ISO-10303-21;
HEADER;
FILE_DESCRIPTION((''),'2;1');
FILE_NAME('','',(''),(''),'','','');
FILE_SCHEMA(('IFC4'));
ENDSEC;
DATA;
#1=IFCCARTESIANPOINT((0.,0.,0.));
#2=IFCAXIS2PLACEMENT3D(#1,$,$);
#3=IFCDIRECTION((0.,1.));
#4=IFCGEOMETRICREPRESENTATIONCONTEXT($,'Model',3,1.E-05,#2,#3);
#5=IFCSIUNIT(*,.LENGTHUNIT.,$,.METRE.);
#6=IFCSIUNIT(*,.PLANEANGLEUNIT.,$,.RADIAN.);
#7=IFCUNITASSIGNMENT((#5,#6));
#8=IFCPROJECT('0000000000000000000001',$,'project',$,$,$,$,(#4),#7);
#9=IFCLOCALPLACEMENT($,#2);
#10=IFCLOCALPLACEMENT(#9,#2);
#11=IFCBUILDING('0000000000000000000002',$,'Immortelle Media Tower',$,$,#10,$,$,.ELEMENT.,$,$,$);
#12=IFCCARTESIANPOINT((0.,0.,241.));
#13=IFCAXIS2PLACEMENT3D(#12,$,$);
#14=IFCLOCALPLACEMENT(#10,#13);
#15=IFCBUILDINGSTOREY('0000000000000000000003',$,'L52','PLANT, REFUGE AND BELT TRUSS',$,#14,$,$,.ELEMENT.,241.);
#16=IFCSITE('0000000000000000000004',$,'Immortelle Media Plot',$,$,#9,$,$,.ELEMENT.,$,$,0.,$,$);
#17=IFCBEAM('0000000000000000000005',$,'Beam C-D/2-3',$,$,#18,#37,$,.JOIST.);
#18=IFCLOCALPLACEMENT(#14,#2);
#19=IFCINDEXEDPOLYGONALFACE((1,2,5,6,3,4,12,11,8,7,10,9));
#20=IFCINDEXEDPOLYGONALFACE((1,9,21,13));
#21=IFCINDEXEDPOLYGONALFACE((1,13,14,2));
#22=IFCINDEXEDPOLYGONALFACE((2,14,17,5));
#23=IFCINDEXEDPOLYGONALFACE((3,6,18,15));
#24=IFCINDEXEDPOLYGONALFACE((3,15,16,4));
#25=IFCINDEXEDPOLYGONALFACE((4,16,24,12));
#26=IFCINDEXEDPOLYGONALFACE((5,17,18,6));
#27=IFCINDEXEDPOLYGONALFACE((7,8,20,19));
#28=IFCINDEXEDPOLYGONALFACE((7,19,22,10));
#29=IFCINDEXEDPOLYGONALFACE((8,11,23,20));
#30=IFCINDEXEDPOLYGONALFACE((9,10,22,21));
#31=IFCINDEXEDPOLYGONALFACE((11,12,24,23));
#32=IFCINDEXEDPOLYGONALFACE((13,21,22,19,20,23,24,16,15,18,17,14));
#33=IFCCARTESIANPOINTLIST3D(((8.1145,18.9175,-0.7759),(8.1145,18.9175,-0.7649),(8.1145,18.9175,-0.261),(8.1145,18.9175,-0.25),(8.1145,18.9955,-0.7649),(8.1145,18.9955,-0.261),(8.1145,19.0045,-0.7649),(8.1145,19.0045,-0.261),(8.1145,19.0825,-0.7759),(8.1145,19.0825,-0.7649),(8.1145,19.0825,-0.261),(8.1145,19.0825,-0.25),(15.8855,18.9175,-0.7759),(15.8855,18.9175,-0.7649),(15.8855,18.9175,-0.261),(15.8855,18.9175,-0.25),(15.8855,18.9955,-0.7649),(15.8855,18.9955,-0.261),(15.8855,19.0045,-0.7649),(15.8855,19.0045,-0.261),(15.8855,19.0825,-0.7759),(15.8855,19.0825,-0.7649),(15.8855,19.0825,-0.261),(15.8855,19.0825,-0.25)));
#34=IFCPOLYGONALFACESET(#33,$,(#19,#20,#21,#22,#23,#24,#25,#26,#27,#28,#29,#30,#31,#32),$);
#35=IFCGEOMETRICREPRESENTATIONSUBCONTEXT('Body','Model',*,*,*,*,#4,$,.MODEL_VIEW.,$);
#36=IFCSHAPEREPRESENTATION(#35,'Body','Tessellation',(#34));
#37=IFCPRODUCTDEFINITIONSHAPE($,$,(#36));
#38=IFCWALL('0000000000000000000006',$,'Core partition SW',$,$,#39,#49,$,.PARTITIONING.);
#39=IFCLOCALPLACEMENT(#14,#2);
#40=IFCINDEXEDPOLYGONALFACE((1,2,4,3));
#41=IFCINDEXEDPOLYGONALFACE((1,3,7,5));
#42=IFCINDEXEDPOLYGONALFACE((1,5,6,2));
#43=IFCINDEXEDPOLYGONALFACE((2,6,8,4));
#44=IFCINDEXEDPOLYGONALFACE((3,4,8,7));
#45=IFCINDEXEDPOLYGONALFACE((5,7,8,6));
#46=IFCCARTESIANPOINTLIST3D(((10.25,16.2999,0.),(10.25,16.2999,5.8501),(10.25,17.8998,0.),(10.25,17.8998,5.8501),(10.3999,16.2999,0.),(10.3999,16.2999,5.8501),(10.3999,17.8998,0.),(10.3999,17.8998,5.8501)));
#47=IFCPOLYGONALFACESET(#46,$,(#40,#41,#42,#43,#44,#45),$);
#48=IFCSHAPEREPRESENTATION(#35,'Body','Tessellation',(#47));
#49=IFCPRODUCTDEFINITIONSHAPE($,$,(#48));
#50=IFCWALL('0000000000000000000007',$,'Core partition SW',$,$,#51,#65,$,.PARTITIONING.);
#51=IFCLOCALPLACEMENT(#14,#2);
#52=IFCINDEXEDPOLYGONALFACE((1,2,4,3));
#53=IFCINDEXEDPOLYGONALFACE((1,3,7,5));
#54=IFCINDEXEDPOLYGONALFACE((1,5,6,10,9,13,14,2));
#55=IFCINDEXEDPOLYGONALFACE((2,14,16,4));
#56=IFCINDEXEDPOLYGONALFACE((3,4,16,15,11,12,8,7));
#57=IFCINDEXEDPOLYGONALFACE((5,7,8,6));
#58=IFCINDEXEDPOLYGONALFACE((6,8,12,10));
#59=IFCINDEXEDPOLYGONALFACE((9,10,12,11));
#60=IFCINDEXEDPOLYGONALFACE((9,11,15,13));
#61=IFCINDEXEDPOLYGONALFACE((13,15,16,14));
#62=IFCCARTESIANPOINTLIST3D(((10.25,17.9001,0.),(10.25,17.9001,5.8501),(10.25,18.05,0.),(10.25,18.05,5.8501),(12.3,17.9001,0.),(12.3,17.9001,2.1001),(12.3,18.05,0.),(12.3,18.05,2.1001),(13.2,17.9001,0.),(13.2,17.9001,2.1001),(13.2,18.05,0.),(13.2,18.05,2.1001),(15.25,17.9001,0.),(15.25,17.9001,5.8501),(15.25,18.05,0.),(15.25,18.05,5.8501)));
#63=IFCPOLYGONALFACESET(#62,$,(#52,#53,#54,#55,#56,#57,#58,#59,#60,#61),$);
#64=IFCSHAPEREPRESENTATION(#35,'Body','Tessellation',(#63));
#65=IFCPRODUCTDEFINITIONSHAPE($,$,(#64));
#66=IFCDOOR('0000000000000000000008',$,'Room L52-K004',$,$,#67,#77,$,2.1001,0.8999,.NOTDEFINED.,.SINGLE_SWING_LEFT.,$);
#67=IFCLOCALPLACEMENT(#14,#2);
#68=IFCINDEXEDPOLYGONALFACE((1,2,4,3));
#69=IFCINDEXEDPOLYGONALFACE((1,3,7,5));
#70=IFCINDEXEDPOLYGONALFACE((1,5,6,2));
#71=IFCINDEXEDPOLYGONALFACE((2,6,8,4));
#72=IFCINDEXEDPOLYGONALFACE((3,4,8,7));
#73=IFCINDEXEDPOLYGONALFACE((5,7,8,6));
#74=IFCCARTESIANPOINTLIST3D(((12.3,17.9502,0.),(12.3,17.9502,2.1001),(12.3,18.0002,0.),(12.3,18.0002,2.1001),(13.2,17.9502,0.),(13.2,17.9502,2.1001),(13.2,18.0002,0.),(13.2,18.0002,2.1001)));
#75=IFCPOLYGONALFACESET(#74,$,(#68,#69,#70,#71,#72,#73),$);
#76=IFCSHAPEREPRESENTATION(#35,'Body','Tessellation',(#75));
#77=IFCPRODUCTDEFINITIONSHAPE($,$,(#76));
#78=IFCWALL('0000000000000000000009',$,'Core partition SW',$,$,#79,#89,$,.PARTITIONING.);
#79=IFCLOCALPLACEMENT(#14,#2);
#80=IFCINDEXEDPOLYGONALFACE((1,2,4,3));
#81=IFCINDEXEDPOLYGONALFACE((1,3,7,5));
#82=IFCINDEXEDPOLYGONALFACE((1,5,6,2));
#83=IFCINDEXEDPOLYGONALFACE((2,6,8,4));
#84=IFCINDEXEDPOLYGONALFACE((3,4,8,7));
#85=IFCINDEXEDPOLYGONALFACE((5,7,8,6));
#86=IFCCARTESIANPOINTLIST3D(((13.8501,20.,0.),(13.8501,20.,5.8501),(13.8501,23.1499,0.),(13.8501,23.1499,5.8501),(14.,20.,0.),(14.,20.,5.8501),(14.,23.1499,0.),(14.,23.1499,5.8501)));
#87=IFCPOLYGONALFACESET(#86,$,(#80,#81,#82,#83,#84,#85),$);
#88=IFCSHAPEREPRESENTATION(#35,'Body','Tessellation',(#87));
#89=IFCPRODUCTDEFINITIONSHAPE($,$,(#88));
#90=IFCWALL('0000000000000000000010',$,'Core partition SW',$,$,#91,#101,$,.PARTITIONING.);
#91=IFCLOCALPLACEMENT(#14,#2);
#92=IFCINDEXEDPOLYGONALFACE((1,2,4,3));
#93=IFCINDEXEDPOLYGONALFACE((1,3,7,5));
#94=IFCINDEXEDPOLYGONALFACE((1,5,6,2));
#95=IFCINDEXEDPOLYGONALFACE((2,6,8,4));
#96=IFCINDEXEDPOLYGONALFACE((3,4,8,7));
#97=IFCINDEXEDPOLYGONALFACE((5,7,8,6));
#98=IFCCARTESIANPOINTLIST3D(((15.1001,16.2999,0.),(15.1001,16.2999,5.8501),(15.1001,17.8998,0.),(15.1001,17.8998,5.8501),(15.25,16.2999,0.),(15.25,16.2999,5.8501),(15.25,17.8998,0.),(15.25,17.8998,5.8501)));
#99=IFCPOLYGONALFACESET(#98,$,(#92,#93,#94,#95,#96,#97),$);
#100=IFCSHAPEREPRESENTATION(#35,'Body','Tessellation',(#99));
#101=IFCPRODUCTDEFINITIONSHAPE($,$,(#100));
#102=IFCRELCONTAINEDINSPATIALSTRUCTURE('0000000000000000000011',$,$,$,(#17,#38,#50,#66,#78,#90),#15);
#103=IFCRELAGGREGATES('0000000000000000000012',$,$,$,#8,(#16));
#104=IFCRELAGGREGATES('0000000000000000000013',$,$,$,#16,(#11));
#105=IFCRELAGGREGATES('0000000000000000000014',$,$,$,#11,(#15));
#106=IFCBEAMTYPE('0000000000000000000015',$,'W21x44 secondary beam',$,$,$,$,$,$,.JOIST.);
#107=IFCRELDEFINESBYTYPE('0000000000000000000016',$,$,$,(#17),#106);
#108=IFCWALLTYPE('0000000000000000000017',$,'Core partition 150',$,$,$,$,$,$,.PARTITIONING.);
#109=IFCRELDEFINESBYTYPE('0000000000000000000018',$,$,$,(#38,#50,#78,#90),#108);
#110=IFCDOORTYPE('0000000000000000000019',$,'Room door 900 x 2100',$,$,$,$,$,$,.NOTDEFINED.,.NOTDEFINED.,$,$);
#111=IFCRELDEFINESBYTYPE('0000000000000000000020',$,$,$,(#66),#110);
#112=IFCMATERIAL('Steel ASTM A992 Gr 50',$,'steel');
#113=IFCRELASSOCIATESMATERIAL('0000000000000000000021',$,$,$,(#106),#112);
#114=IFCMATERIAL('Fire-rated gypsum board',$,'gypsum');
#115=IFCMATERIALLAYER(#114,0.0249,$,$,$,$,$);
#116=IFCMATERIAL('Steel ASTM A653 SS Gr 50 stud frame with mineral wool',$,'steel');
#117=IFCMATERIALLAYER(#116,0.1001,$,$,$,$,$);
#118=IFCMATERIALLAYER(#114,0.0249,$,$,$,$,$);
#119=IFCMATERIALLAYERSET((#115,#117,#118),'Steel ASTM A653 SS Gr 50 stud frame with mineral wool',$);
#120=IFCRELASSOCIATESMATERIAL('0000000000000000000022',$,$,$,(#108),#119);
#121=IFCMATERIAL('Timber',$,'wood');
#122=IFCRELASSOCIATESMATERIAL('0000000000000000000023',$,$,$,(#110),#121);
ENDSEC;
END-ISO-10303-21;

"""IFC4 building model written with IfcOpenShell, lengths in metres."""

from ifc_helpers import new_model, si_unit, direction, frame, frame_2d, origin, origin_2d, place, context, subcontext, project, spatial, rectangle, i_section, extrude, material, layer, layer_set, material_profile, profile_set, type_object, element, fill, save


model = new_model("IFC4")

# Units and contexts
model_context = context("Model", 3, precision=1e-05, world=origin(), true_north=direction((0.0, 1.0)))
body_context = subcontext(model_context, "Body", "Model", "MODEL_VIEW")
ifc_project = project(units=[si_unit("LENGTHUNIT", "METRE"), si_unit("PLANEANGLEUNIT", "RADIAN")], contexts=[model_context])

# Site, building, storey
site_placement = place(None, origin())
site = spatial("IfcSite", under=ifc_project, at=site_placement, Name="Immortelle Media Plot", CompositionType="ELEMENT", RefElevation=0.0)
building_placement = place(site_placement, origin())
building = spatial("IfcBuilding", under=site, at=building_placement, Name="Immortelle Media Tower", CompositionType="ELEMENT")
storey_placement = place(building_placement, frame((0.0, 0.0, 241.0)))
storey = spatial("IfcBuildingStorey", under=building, at=storey_placement, Name="L52", Description="PLANT, REFUGE AND BELT TRUSS", CompositionType="ELEMENT", Elevation=241.0)

# Beam
ifc_material_1 = material(Name="Steel ASTM A992 Gr 50", Category="steel")
ifc_material_profile = material_profile(ifc_material_1, i_section(OverallWidth=0.165, OverallDepth=0.5259, WebThickness=0.009, FlangeThickness=0.011, at=origin_2d()), Name="W21x44")
ifc_profile_set = profile_set([ifc_material_profile], Name="Steel ASTM A992 Gr 50")
beam_type = type_object("IfcBeamType", Name="W21x44 secondary beam", PredefinedType="JOIST", material=ifc_profile_set)
beam_placement = place(storey_placement, frame((8.1145, 19.0, -0.5129), z_axis=(1.0, 0.0, 0.0), x_axis=(0.0, 1.0, 0.0)))
element("IfcBeam", 1, at=beam_placement, inside=storey, type_object=beam_type, Name="Beam C-D/2-3", PredefinedType="JOIST", context=body_context, shape_type="SweptSolid", body=[
    extrude(i_section(OverallWidth=0.165, OverallDepth=0.5259, WebThickness=0.009, FlangeThickness=0.011, at=origin_2d()), origin(), (0.0, 0.0, 1.0), 7.771),
])

# Wall
ifc_material_2 = material(Name="Fire-rated gypsum board", Category="gypsum")
ifc_layer_1 = layer(ifc_material_2, 0.0249)
ifc_material_3 = material(Name="Steel ASTM A653 SS Gr 50 stud frame with mineral wool", Category="steel")
ifc_layer_2 = layer(ifc_material_3, 0.1001)
ifc_layer_3 = layer(ifc_material_2, 0.0249)
ifc_layer_set_1 = layer_set([ifc_layer_1, ifc_layer_2, ifc_layer_3], Name="Steel ASTM A653 SS Gr 50 stud frame with mineral wool")
wall_type_1 = type_object("IfcWallType", Name="Core partition 150", PredefinedType="PARTITIONING", material=ifc_layer_set_1)
wall_1_placement = place(storey_placement, frame((10.325, 16.3, 0.0), z_axis=(0.0, 0.0, 1.0), x_axis=(0.0, 1.0, 0.0)))
element("IfcWall", 2, at=wall_1_placement, inside=storey, type_object=wall_type_1, Name="Core partition SW", PredefinedType="PARTITIONING", context=body_context, shape_type="SweptSolid", body=[
    extrude(rectangle(XDim=1.5999, YDim=0.1499, at=frame_2d((0.7998, 0.0))), origin(), (0.0, 0.0, 1.0), 5.8501),
])

# Wall, opening, door
wall_2_placement = place(storey_placement, frame((10.25, 17.9751, 0.0), z_axis=(0.0, 0.0, 1.0), x_axis=(1.0, 0.0, 0.0)))
wall_2 = element("IfcWall", 3, at=wall_2_placement, inside=storey, type_object=wall_type_1, Name="Core partition SW", PredefinedType="PARTITIONING", context=body_context, shape_type="SweptSolid", body=[
    extrude(rectangle(XDim=5.0, YDim=0.1499, at=frame_2d((2.5, 0.0))), origin(), (0.0, 0.0, 1.0), 5.8501),
])
opening_1_placement = place(wall_2_placement, frame((2.95, 0.0, 0.0), z_axis=(0.0, 0.0, 1.0), x_axis=(-1.0, 0.0, 0.0)))
opening_1 = element("IfcOpeningElement", 4, at=opening_1_placement, cuts=wall_2, PredefinedType="OPENING", context=body_context, shape_type="SweptSolid", body=[
    extrude(rectangle(XDim=0.8999, YDim=2.1001, at=frame_2d((0.45, 1.05))), frame((0.0, 0.085, 0.0), z_axis=(0.0, -1.0, 0.0), x_axis=(1.0, 0.0, 0.0)), (0.0, 0.0, 1.0), 0.1699),
])
ifc_material_4 = material(Name="Timber", Category="wood")
door_type_1 = type_object("IfcDoorType", Name="Room door 900 x 2100", OperationType="NOTDEFINED", PredefinedType="NOTDEFINED", material=ifc_material_4)
door_1_placement = place(opening_1_placement, origin())
door_1 = element("IfcDoor", 5, at=door_1_placement, inside=storey, type_object=door_type_1, Name="Room L52-K004", OperationType="SINGLE_SWING_LEFT", OverallHeight=2.1001, OverallWidth=0.8999, PredefinedType="NOTDEFINED", context=body_context, shape_type="SweptSolid", body=[
    extrude(rectangle(XDim=0.8999, YDim=2.1001, at=frame_2d((0.45, 1.05))), frame((0.0, 0.0249, 0.0), z_axis=(0.0, -1.0, 0.0), x_axis=(1.0, 0.0, 0.0)), (0.0, 0.0, 1.0), 0.05),
])
fill(opening_1, door_1)

# Walls
wall_3_placement = place(storey_placement, frame((13.925, 20.0, 0.0), z_axis=(0.0, 0.0, 1.0), x_axis=(0.0, 1.0, 0.0)))
element("IfcWall", 6, at=wall_3_placement, inside=storey, type_object=wall_type_1, Name="Core partition SW", PredefinedType="PARTITIONING", context=body_context, shape_type="SweptSolid", body=[
    extrude(rectangle(XDim=3.1499, YDim=0.1499, at=frame_2d((1.575, 0.0))), origin(), (0.0, 0.0, 1.0), 5.8501),
])
wall_4_placement = place(storey_placement, frame((15.175, 16.3, 0.0), z_axis=(0.0, 0.0, 1.0), x_axis=(0.0, 1.0, 0.0)))
element("IfcWall", 7, at=wall_4_placement, inside=storey, type_object=wall_type_1, Name="Core partition SW", PredefinedType="PARTITIONING", context=body_context, shape_type="SweptSolid", body=[
    extrude(rectangle(XDim=1.5999, YDim=0.1499, at=frame_2d((0.7998, 0.0))), origin(), (0.0, 0.0, 1.0), 5.8501),
])

save(model, "model.ifc")
